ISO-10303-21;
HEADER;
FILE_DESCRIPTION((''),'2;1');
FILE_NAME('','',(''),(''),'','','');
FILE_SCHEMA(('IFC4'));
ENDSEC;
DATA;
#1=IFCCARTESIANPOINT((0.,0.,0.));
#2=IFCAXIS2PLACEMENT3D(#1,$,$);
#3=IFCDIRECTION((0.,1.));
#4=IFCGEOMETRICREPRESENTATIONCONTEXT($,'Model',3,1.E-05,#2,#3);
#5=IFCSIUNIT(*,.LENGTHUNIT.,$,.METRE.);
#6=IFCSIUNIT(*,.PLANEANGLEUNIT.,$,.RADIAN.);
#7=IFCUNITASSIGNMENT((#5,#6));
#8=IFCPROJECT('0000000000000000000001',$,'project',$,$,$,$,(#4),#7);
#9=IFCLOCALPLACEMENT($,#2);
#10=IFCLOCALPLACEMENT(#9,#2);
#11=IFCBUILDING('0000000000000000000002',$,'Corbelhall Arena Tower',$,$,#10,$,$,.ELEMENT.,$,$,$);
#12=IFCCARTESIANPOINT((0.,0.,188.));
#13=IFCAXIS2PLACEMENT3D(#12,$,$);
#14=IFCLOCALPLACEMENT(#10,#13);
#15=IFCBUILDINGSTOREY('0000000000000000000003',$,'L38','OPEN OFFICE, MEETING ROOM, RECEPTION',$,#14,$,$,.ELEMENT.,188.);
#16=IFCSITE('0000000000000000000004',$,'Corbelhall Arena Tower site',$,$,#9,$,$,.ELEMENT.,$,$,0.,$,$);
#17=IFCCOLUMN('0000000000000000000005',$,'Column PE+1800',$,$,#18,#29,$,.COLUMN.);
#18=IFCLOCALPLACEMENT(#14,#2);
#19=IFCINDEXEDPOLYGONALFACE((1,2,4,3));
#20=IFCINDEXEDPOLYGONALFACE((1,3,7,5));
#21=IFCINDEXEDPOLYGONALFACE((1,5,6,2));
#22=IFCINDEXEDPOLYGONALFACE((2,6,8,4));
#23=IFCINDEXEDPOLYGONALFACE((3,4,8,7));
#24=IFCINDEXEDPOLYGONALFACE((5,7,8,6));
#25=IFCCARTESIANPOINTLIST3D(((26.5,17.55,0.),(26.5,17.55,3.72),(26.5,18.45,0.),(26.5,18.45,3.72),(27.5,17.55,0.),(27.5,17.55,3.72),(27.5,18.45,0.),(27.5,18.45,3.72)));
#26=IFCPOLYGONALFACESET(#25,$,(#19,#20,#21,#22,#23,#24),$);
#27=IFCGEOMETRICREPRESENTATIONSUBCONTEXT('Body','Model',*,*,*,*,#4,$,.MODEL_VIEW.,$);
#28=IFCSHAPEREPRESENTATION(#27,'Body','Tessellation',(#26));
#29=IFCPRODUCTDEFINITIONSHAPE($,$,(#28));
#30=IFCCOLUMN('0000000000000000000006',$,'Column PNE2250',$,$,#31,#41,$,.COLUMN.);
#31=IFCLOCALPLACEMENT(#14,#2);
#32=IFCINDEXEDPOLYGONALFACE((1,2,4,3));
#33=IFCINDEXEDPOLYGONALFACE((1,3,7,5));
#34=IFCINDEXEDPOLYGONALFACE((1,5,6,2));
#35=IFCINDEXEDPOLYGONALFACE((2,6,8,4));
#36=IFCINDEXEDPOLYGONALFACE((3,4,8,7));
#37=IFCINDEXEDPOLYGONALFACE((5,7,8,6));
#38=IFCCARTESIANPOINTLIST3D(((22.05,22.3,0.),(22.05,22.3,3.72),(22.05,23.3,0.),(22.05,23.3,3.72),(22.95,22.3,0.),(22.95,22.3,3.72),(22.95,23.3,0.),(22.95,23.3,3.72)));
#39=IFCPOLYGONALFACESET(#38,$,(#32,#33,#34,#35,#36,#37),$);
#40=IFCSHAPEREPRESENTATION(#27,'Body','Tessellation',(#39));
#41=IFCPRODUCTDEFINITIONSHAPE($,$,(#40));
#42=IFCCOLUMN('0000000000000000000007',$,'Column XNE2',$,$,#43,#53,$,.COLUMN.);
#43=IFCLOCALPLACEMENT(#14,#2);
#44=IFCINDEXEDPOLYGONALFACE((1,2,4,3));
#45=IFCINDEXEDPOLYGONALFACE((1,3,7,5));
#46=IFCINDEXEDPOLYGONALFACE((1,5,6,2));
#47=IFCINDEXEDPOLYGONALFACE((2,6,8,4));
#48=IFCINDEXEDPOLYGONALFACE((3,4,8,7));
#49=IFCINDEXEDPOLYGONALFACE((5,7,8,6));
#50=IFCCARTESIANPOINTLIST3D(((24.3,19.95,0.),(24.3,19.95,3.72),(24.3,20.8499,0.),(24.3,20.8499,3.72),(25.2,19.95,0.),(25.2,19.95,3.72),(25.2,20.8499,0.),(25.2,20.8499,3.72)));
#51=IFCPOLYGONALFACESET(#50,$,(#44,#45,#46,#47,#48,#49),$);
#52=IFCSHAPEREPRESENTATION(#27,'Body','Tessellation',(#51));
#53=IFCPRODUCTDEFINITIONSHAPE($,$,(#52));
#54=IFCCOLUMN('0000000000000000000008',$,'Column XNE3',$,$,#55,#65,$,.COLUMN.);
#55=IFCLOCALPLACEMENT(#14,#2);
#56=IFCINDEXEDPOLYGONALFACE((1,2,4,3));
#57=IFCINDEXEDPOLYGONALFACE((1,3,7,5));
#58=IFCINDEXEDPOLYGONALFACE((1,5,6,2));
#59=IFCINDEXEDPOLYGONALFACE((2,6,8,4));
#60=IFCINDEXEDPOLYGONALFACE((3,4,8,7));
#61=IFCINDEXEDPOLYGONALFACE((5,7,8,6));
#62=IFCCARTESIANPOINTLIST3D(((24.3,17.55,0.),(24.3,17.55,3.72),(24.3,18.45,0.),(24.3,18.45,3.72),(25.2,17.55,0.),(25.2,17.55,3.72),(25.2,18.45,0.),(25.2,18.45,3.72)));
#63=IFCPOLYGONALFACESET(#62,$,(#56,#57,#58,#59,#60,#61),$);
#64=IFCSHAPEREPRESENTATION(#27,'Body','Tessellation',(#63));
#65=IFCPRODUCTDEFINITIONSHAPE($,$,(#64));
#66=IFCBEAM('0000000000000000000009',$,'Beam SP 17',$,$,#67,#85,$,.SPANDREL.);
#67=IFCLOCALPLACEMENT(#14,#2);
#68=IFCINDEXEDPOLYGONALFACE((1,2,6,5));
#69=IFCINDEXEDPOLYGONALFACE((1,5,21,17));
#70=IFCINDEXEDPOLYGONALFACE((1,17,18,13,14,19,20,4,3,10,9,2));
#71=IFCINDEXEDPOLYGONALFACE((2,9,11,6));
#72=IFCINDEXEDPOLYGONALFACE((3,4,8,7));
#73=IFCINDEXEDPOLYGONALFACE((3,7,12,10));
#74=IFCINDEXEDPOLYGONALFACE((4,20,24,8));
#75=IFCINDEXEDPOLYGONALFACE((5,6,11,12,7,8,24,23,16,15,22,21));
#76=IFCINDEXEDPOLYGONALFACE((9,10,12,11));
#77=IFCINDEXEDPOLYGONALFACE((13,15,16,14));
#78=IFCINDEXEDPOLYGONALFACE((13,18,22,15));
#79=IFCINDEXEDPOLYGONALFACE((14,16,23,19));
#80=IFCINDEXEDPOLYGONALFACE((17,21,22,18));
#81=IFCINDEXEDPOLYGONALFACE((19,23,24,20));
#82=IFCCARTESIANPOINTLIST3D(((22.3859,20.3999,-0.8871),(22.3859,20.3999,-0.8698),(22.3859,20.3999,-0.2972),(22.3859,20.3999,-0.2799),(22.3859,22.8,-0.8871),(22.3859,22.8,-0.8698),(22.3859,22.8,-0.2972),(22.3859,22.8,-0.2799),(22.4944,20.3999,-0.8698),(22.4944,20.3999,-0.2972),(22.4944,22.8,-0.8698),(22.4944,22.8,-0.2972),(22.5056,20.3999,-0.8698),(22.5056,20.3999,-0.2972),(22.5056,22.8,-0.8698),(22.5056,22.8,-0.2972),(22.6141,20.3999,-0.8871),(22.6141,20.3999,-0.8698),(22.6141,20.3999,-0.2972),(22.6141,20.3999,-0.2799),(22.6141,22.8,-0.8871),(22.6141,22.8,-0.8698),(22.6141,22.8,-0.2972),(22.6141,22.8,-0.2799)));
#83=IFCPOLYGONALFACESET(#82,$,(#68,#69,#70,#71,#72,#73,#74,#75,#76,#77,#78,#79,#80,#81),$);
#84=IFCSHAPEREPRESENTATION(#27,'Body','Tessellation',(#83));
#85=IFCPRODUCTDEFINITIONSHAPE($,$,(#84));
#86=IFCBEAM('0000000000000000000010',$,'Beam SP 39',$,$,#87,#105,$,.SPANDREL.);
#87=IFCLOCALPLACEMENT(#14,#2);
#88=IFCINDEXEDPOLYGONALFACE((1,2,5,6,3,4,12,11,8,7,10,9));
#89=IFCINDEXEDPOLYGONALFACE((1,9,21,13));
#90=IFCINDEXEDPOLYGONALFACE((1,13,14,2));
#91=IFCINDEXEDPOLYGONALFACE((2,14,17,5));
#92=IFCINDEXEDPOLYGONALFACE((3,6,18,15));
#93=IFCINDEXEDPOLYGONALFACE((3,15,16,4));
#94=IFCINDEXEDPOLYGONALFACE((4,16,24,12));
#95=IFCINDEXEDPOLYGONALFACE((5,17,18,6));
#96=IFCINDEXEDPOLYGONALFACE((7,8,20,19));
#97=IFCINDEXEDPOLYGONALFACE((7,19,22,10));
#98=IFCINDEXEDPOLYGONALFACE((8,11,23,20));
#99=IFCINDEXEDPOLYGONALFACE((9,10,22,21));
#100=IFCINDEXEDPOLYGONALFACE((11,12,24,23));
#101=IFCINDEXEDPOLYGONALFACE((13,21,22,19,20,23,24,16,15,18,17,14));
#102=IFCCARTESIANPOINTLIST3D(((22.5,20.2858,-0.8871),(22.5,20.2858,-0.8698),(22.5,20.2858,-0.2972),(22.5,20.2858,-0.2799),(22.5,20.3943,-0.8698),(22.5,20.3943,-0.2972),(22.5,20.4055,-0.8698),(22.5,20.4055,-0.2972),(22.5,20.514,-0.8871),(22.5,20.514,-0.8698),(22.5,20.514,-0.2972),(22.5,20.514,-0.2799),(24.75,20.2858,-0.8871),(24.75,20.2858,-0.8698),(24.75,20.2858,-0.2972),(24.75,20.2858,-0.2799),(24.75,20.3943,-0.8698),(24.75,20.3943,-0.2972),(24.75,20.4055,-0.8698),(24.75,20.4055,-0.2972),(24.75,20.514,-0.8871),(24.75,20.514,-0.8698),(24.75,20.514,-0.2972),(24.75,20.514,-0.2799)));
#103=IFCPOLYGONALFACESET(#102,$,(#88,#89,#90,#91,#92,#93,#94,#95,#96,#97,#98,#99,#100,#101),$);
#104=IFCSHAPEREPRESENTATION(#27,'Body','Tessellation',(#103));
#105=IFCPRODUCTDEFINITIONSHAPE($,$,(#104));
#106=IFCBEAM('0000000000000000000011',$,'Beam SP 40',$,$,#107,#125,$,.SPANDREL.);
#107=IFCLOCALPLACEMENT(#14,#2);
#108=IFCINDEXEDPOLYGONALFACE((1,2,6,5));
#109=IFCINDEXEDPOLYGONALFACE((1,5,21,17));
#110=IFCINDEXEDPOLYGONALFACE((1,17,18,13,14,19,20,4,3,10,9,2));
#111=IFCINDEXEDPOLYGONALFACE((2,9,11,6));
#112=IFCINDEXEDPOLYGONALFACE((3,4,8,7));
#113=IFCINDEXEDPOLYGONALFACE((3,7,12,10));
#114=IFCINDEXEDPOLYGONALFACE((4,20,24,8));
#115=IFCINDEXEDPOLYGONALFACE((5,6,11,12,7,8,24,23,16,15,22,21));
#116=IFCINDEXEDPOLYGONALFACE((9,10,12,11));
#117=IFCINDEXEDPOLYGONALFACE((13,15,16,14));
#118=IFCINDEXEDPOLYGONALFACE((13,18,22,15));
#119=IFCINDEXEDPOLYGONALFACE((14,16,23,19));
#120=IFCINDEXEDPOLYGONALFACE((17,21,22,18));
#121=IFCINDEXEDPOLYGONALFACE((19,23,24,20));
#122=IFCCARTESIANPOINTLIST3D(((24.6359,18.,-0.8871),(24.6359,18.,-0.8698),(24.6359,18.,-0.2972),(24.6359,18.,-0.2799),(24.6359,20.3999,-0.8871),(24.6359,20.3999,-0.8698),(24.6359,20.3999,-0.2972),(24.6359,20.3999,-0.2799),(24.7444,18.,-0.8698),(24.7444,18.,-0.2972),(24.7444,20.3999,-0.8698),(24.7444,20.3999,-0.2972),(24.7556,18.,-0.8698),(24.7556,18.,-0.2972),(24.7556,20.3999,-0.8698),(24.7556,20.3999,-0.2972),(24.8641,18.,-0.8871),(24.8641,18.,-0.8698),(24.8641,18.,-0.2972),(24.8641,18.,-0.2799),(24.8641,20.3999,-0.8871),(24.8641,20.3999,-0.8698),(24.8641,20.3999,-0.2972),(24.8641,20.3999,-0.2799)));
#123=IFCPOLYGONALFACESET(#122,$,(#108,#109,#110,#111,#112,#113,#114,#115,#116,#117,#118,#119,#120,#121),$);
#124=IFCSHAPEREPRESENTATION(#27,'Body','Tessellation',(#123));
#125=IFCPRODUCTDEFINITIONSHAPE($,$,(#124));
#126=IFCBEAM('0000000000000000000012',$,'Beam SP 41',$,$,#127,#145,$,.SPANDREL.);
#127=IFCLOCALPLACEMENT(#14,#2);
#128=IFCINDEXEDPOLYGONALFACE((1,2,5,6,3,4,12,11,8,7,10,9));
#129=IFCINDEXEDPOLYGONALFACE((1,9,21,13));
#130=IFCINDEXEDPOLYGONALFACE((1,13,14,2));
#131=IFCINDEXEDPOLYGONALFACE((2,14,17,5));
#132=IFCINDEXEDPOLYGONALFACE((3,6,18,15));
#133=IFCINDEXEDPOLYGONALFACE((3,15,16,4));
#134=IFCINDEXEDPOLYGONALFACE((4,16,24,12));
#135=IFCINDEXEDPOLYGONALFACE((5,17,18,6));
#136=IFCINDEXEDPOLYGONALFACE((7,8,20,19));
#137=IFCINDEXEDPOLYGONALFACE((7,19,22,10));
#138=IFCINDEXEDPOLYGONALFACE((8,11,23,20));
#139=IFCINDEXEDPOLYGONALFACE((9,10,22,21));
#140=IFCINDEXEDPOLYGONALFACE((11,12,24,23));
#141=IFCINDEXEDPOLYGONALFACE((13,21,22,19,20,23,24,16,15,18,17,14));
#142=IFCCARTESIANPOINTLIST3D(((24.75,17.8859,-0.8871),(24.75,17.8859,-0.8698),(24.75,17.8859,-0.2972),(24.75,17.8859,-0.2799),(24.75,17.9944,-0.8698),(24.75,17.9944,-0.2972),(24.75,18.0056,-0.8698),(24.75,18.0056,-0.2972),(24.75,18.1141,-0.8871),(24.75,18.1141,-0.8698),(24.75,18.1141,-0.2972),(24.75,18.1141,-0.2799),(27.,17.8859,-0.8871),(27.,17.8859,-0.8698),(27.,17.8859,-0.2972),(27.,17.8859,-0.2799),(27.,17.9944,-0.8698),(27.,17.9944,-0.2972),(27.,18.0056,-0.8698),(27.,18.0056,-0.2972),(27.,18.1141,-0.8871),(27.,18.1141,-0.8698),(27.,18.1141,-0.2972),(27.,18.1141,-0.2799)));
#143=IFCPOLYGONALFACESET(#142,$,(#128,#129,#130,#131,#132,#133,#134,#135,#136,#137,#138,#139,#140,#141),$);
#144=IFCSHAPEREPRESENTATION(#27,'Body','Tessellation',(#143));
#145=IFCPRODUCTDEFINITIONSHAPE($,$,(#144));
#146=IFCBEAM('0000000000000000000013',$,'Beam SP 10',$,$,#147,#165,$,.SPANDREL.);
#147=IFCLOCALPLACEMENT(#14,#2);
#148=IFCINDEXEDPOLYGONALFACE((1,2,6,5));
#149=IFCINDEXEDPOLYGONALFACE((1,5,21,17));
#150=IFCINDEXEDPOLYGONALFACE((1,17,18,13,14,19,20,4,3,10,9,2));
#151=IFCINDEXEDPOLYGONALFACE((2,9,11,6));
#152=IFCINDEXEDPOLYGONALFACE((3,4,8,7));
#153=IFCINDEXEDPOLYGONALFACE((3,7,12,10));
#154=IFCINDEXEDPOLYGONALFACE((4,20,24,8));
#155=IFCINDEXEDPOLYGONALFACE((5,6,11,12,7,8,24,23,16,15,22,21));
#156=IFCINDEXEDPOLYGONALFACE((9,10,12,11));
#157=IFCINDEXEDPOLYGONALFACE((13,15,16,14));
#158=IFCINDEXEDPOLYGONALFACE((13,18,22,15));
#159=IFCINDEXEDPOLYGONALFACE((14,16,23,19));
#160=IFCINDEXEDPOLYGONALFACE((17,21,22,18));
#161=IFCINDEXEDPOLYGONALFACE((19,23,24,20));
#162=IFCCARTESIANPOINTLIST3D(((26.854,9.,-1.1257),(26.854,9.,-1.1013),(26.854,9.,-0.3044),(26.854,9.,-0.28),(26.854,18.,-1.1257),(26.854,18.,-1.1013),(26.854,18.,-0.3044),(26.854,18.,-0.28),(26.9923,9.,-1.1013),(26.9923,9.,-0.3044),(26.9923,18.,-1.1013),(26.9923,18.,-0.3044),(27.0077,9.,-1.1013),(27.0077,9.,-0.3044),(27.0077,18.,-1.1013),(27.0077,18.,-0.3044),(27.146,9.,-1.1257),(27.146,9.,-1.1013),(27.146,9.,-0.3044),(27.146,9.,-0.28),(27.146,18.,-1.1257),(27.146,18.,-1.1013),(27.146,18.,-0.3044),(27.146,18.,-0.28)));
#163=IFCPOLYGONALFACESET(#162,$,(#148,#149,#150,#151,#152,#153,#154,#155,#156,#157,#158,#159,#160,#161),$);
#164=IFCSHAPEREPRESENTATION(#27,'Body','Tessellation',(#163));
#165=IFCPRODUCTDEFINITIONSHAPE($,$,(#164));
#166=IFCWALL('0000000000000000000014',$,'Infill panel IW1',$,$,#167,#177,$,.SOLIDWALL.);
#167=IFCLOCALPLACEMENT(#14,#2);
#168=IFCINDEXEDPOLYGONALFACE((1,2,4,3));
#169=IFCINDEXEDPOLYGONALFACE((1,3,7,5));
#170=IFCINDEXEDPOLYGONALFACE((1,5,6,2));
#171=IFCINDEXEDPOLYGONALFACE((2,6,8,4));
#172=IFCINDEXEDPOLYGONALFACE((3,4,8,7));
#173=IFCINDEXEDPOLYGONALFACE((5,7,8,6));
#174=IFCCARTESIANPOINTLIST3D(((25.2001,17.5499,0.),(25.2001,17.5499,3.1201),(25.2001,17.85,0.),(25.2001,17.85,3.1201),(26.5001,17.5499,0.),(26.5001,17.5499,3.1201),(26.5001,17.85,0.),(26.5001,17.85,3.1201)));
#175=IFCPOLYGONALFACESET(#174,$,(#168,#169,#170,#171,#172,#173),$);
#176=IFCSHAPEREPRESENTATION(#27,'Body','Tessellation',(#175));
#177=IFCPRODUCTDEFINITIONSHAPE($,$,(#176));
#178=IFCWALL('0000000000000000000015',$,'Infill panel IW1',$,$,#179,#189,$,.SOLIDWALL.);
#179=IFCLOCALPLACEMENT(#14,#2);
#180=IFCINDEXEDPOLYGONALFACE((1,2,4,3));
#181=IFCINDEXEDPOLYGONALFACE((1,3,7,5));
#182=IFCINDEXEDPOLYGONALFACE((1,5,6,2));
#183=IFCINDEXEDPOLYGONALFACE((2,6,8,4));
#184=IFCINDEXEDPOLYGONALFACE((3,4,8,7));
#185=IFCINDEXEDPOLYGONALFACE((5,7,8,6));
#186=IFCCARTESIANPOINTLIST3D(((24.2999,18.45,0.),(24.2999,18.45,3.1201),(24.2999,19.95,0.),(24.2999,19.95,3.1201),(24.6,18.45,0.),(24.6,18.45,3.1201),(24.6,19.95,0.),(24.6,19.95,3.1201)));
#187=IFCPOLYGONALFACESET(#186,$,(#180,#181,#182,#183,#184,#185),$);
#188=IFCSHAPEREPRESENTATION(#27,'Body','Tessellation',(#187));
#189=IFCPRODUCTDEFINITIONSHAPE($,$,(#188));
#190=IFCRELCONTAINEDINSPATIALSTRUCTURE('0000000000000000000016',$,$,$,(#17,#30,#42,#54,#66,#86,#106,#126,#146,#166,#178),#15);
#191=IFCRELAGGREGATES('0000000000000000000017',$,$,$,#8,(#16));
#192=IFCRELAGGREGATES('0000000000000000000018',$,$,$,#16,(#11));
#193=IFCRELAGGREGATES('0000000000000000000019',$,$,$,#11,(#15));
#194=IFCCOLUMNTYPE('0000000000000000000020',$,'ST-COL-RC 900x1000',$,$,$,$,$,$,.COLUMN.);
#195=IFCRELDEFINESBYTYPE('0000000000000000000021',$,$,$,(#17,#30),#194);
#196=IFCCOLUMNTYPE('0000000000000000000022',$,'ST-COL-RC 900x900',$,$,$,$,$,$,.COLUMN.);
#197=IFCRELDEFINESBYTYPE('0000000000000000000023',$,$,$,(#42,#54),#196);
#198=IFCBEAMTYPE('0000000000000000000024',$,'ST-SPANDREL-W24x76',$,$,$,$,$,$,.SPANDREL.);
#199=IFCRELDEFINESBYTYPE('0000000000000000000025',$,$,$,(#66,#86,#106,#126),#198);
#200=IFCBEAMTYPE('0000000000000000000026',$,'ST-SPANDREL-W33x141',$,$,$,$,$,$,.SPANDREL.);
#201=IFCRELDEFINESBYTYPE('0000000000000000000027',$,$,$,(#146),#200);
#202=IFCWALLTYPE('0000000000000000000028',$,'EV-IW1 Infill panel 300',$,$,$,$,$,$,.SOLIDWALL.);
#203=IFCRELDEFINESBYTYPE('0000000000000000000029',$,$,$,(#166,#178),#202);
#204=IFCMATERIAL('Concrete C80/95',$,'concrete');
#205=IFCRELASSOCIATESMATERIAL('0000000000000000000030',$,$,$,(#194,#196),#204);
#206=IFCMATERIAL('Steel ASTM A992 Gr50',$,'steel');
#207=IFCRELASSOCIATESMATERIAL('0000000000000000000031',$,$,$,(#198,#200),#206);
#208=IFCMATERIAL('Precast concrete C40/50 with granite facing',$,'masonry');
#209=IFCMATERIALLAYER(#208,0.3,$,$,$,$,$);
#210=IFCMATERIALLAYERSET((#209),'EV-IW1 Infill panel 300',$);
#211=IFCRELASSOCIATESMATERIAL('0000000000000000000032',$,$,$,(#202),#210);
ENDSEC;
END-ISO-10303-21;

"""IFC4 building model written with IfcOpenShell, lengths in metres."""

from ifc_helpers import new_model, si_unit, direction, frame, frame_2d, origin, origin_2d, place, context, subcontext, project, spatial, rectangle, i_section, extrude, material, layer, layer_set, material_profile, profile_set, type_object, element, save


model = new_model("IFC4")

# Units and contexts
model_context = context("Model", 3, precision=1e-05, world=origin(), true_north=direction((0.0, 1.0)))
body_context = subcontext(model_context, "Body", "Model", "MODEL_VIEW")
ifc_project = project(units=[si_unit("LENGTHUNIT", "METRE"), si_unit("PLANEANGLEUNIT", "RADIAN")], contexts=[model_context])

# Site, building, storey
site_placement = place(None, origin())
site = spatial("IfcSite", under=ifc_project, at=site_placement, Name="Corbelhall Arena Tower site", CompositionType="ELEMENT", RefElevation=0.0)
building_placement = place(site_placement, origin())
building = spatial("IfcBuilding", under=site, at=building_placement, Name="Corbelhall Arena Tower", CompositionType="ELEMENT")
storey_placement = place(building_placement, frame((0.0, 0.0, 188.0)))
storey = spatial("IfcBuildingStorey", under=building, at=storey_placement, Name="L38", Description="OPEN OFFICE, MEETING ROOM, RECEPTION", CompositionType="ELEMENT", Elevation=188.0)

# Columns
ifc_material_1 = material(Name="Concrete C80/95", Category="concrete")
ifc_material_profile_1 = material_profile(ifc_material_1, rectangle(XDim=0.8999, YDim=1.0, at=origin_2d()))
ifc_profile_set_1 = profile_set([ifc_material_profile_1], Name="Concrete C80/95")
column_type_1 = type_object("IfcColumnType", Name="ST-COL-RC 900x1000", PredefinedType="COLUMN", material=ifc_profile_set_1)
for number, where, z_axis, x_axis, name in (
    (1, (27.0, 18.0, 0.0), (0.0, 0.0, 1.0), (0.0, 1.0, 0.0), "Column PE+1800"),
    (2, (22.5, 22.8, 0.0), (0.0, 0.0, 1.0), (1.0, 0.0, 0.0), "Column PNE2250"),
):
    element("IfcColumn", number, at=place(storey_placement, frame(where, z_axis=z_axis, x_axis=x_axis)), inside=storey, type_object=column_type_1, Name=name, PredefinedType="COLUMN", context=body_context, shape_type="SweptSolid", body=[
        extrude(rectangle(XDim=0.8999, YDim=1.0, at=origin_2d()), origin(), (0.0, 0.0, 1.0), 3.72),
    ])
ifc_material_profile_2 = material_profile(ifc_material_1, rectangle(XDim=0.8999, YDim=0.8999, at=origin_2d()))
ifc_profile_set_2 = profile_set([ifc_material_profile_2], Name="Concrete C80/95")
column_type_2 = type_object("IfcColumnType", Name="ST-COL-RC 900x900", PredefinedType="COLUMN", material=ifc_profile_set_2)
for number, where, z_axis, x_axis, name in (
    (3, (24.75, 20.3999, 0.0), (0.0, 0.0, 1.0), (1.0, 0.0, 0.0), "Column XNE2"),
    (4, (24.75, 18.0, 0.0), (0.0, 0.0, 1.0), (1.0, 0.0, 0.0), "Column XNE3"),
):
    element("IfcColumn", number, at=place(storey_placement, frame(where, z_axis=z_axis, x_axis=x_axis)), inside=storey, type_object=column_type_2, Name=name, PredefinedType="COLUMN", context=body_context, shape_type="SweptSolid", body=[
        extrude(rectangle(XDim=0.8999, YDim=0.8999, at=origin_2d()), origin(), (0.0, 0.0, 1.0), 3.72),
    ])

# Beams
ifc_material_2 = material(Name="Steel ASTM A992 Gr50", Category="steel")
ifc_material_profile_3 = material_profile(ifc_material_2, i_section(OverallWidth=0.2283, OverallDepth=0.6072, WebThickness=0.0112, FlangeThickness=0.0173, at=origin_2d()))
ifc_profile_set_3 = profile_set([ifc_material_profile_3], Name="Steel ASTM A992 Gr50")
beam_type_1 = type_object("IfcBeamType", Name="ST-SPANDREL-W24x76", PredefinedType="SPANDREL", material=ifc_profile_set_3)
beam_1_placement = place(storey_placement, frame((22.5, 22.8, -0.5835), z_axis=(0.0, -1.0, 0.0), x_axis=(1.0, 0.0, 0.0)))
element("IfcBeam", 5, at=beam_1_placement, inside=storey, type_object=beam_type_1, Name="Beam SP 17", PredefinedType="SPANDREL", context=body_context, shape_type="SweptSolid", body=[
    extrude(i_section(OverallWidth=0.2283, OverallDepth=0.6072, WebThickness=0.0112, FlangeThickness=0.0173, at=origin_2d()), origin(), (0.0, 0.0, 1.0), 2.4001),
])
beam_2_placement = place(storey_placement, frame((22.5, 20.3999, -0.5835), z_axis=(1.0, 0.0, 0.0), x_axis=(0.0, 1.0, 0.0)))
element("IfcBeam", 6, at=beam_2_placement, inside=storey, type_object=beam_type_1, Name="Beam SP 39", PredefinedType="SPANDREL", context=body_context, shape_type="SweptSolid", body=[
    extrude(i_section(OverallWidth=0.2283, OverallDepth=0.6072, WebThickness=0.0112, FlangeThickness=0.0173, at=origin_2d()), origin(), (0.0, 0.0, 1.0), 2.25),
])
beam_3_placement = place(storey_placement, frame((24.75, 20.3999, -0.5835), z_axis=(0.0, -1.0, 0.0), x_axis=(1.0, 0.0, 0.0)))
element("IfcBeam", 7, at=beam_3_placement, inside=storey, type_object=beam_type_1, Name="Beam SP 40", PredefinedType="SPANDREL", context=body_context, shape_type="SweptSolid", body=[
    extrude(i_section(OverallWidth=0.2283, OverallDepth=0.6072, WebThickness=0.0112, FlangeThickness=0.0173, at=origin_2d()), origin(), (0.0, 0.0, 1.0), 2.3999),
])
beam_4_placement = place(storey_placement, frame((24.75, 18.0, -0.5835), z_axis=(1.0, 0.0, 0.0), x_axis=(0.0, 1.0, 0.0)))
element("IfcBeam", 8, at=beam_4_placement, inside=storey, type_object=beam_type_1, Name="Beam SP 41", PredefinedType="SPANDREL", context=body_context, shape_type="SweptSolid", body=[
    extrude(i_section(OverallWidth=0.2283, OverallDepth=0.6072, WebThickness=0.0112, FlangeThickness=0.0173, at=origin_2d()), origin(), (0.0, 0.0, 1.0), 2.25),
])
ifc_material_profile_4 = material_profile(ifc_material_2, i_section(OverallWidth=0.292, OverallDepth=0.8457, WebThickness=0.0154, FlangeThickness=0.0244, at=origin_2d()))
ifc_profile_set_4 = profile_set([ifc_material_profile_4], Name="Steel ASTM A992 Gr50")
beam_type_2 = type_object("IfcBeamType", Name="ST-SPANDREL-W33x141", PredefinedType="SPANDREL", material=ifc_profile_set_4)
beam_5_placement = place(storey_placement, frame((27.0, 18.0, -0.7029), z_axis=(0.0, -1.0, 0.0), x_axis=(1.0, 0.0, 0.0)))
element("IfcBeam", 9, at=beam_5_placement, inside=storey, type_object=beam_type_2, Name="Beam SP 10", PredefinedType="SPANDREL", context=body_context, shape_type="SweptSolid", body=[
    extrude(i_section(OverallWidth=0.292, OverallDepth=0.8457, WebThickness=0.0154, FlangeThickness=0.0244, at=origin_2d()), origin(), (0.0, 0.0, 1.0), 9.0),
])

# Walls
ifc_material_3 = material(Name="Precast concrete C40/50 with granite facing", Category="masonry")
ifc_layer = layer(ifc_material_3, 0.3)
ifc_layer_set = layer_set([ifc_layer], Name="EV-IW1 Infill panel 300")
wall_type = type_object("IfcWallType", Name="EV-IW1 Infill panel 300", PredefinedType="SOLIDWALL", material=ifc_layer_set)
wall_1_placement = place(storey_placement, frame((26.5, 17.7, 0.0), z_axis=(0.0, 0.0, 1.0), x_axis=(-1.0, 0.0, 0.0)))
element("IfcWall", 10, at=wall_1_placement, inside=storey, type_object=wall_type, Name="Infill panel IW1", PredefinedType="SOLIDWALL", context=body_context, shape_type="SweptSolid", body=[
    extrude(rectangle(XDim=1.3, YDim=0.3, at=frame_2d((0.6499, 0.0))), origin(), (0.0, 0.0, 1.0), 3.1201),
])
wall_2_placement = place(storey_placement, frame((24.45, 18.45, 0.0), z_axis=(0.0, 0.0, 1.0), x_axis=(0.0, 1.0, 0.0)))
element("IfcWall", 11, at=wall_2_placement, inside=storey, type_object=wall_type, Name="Infill panel IW1", PredefinedType="SOLIDWALL", context=body_context, shape_type="SweptSolid", body=[
    extrude(rectangle(XDim=1.5, YDim=0.3, at=frame_2d((0.75, 0.0))), origin(), (0.0, 0.0, 1.0), 3.1201),
])

save(model, "model.ifc")
